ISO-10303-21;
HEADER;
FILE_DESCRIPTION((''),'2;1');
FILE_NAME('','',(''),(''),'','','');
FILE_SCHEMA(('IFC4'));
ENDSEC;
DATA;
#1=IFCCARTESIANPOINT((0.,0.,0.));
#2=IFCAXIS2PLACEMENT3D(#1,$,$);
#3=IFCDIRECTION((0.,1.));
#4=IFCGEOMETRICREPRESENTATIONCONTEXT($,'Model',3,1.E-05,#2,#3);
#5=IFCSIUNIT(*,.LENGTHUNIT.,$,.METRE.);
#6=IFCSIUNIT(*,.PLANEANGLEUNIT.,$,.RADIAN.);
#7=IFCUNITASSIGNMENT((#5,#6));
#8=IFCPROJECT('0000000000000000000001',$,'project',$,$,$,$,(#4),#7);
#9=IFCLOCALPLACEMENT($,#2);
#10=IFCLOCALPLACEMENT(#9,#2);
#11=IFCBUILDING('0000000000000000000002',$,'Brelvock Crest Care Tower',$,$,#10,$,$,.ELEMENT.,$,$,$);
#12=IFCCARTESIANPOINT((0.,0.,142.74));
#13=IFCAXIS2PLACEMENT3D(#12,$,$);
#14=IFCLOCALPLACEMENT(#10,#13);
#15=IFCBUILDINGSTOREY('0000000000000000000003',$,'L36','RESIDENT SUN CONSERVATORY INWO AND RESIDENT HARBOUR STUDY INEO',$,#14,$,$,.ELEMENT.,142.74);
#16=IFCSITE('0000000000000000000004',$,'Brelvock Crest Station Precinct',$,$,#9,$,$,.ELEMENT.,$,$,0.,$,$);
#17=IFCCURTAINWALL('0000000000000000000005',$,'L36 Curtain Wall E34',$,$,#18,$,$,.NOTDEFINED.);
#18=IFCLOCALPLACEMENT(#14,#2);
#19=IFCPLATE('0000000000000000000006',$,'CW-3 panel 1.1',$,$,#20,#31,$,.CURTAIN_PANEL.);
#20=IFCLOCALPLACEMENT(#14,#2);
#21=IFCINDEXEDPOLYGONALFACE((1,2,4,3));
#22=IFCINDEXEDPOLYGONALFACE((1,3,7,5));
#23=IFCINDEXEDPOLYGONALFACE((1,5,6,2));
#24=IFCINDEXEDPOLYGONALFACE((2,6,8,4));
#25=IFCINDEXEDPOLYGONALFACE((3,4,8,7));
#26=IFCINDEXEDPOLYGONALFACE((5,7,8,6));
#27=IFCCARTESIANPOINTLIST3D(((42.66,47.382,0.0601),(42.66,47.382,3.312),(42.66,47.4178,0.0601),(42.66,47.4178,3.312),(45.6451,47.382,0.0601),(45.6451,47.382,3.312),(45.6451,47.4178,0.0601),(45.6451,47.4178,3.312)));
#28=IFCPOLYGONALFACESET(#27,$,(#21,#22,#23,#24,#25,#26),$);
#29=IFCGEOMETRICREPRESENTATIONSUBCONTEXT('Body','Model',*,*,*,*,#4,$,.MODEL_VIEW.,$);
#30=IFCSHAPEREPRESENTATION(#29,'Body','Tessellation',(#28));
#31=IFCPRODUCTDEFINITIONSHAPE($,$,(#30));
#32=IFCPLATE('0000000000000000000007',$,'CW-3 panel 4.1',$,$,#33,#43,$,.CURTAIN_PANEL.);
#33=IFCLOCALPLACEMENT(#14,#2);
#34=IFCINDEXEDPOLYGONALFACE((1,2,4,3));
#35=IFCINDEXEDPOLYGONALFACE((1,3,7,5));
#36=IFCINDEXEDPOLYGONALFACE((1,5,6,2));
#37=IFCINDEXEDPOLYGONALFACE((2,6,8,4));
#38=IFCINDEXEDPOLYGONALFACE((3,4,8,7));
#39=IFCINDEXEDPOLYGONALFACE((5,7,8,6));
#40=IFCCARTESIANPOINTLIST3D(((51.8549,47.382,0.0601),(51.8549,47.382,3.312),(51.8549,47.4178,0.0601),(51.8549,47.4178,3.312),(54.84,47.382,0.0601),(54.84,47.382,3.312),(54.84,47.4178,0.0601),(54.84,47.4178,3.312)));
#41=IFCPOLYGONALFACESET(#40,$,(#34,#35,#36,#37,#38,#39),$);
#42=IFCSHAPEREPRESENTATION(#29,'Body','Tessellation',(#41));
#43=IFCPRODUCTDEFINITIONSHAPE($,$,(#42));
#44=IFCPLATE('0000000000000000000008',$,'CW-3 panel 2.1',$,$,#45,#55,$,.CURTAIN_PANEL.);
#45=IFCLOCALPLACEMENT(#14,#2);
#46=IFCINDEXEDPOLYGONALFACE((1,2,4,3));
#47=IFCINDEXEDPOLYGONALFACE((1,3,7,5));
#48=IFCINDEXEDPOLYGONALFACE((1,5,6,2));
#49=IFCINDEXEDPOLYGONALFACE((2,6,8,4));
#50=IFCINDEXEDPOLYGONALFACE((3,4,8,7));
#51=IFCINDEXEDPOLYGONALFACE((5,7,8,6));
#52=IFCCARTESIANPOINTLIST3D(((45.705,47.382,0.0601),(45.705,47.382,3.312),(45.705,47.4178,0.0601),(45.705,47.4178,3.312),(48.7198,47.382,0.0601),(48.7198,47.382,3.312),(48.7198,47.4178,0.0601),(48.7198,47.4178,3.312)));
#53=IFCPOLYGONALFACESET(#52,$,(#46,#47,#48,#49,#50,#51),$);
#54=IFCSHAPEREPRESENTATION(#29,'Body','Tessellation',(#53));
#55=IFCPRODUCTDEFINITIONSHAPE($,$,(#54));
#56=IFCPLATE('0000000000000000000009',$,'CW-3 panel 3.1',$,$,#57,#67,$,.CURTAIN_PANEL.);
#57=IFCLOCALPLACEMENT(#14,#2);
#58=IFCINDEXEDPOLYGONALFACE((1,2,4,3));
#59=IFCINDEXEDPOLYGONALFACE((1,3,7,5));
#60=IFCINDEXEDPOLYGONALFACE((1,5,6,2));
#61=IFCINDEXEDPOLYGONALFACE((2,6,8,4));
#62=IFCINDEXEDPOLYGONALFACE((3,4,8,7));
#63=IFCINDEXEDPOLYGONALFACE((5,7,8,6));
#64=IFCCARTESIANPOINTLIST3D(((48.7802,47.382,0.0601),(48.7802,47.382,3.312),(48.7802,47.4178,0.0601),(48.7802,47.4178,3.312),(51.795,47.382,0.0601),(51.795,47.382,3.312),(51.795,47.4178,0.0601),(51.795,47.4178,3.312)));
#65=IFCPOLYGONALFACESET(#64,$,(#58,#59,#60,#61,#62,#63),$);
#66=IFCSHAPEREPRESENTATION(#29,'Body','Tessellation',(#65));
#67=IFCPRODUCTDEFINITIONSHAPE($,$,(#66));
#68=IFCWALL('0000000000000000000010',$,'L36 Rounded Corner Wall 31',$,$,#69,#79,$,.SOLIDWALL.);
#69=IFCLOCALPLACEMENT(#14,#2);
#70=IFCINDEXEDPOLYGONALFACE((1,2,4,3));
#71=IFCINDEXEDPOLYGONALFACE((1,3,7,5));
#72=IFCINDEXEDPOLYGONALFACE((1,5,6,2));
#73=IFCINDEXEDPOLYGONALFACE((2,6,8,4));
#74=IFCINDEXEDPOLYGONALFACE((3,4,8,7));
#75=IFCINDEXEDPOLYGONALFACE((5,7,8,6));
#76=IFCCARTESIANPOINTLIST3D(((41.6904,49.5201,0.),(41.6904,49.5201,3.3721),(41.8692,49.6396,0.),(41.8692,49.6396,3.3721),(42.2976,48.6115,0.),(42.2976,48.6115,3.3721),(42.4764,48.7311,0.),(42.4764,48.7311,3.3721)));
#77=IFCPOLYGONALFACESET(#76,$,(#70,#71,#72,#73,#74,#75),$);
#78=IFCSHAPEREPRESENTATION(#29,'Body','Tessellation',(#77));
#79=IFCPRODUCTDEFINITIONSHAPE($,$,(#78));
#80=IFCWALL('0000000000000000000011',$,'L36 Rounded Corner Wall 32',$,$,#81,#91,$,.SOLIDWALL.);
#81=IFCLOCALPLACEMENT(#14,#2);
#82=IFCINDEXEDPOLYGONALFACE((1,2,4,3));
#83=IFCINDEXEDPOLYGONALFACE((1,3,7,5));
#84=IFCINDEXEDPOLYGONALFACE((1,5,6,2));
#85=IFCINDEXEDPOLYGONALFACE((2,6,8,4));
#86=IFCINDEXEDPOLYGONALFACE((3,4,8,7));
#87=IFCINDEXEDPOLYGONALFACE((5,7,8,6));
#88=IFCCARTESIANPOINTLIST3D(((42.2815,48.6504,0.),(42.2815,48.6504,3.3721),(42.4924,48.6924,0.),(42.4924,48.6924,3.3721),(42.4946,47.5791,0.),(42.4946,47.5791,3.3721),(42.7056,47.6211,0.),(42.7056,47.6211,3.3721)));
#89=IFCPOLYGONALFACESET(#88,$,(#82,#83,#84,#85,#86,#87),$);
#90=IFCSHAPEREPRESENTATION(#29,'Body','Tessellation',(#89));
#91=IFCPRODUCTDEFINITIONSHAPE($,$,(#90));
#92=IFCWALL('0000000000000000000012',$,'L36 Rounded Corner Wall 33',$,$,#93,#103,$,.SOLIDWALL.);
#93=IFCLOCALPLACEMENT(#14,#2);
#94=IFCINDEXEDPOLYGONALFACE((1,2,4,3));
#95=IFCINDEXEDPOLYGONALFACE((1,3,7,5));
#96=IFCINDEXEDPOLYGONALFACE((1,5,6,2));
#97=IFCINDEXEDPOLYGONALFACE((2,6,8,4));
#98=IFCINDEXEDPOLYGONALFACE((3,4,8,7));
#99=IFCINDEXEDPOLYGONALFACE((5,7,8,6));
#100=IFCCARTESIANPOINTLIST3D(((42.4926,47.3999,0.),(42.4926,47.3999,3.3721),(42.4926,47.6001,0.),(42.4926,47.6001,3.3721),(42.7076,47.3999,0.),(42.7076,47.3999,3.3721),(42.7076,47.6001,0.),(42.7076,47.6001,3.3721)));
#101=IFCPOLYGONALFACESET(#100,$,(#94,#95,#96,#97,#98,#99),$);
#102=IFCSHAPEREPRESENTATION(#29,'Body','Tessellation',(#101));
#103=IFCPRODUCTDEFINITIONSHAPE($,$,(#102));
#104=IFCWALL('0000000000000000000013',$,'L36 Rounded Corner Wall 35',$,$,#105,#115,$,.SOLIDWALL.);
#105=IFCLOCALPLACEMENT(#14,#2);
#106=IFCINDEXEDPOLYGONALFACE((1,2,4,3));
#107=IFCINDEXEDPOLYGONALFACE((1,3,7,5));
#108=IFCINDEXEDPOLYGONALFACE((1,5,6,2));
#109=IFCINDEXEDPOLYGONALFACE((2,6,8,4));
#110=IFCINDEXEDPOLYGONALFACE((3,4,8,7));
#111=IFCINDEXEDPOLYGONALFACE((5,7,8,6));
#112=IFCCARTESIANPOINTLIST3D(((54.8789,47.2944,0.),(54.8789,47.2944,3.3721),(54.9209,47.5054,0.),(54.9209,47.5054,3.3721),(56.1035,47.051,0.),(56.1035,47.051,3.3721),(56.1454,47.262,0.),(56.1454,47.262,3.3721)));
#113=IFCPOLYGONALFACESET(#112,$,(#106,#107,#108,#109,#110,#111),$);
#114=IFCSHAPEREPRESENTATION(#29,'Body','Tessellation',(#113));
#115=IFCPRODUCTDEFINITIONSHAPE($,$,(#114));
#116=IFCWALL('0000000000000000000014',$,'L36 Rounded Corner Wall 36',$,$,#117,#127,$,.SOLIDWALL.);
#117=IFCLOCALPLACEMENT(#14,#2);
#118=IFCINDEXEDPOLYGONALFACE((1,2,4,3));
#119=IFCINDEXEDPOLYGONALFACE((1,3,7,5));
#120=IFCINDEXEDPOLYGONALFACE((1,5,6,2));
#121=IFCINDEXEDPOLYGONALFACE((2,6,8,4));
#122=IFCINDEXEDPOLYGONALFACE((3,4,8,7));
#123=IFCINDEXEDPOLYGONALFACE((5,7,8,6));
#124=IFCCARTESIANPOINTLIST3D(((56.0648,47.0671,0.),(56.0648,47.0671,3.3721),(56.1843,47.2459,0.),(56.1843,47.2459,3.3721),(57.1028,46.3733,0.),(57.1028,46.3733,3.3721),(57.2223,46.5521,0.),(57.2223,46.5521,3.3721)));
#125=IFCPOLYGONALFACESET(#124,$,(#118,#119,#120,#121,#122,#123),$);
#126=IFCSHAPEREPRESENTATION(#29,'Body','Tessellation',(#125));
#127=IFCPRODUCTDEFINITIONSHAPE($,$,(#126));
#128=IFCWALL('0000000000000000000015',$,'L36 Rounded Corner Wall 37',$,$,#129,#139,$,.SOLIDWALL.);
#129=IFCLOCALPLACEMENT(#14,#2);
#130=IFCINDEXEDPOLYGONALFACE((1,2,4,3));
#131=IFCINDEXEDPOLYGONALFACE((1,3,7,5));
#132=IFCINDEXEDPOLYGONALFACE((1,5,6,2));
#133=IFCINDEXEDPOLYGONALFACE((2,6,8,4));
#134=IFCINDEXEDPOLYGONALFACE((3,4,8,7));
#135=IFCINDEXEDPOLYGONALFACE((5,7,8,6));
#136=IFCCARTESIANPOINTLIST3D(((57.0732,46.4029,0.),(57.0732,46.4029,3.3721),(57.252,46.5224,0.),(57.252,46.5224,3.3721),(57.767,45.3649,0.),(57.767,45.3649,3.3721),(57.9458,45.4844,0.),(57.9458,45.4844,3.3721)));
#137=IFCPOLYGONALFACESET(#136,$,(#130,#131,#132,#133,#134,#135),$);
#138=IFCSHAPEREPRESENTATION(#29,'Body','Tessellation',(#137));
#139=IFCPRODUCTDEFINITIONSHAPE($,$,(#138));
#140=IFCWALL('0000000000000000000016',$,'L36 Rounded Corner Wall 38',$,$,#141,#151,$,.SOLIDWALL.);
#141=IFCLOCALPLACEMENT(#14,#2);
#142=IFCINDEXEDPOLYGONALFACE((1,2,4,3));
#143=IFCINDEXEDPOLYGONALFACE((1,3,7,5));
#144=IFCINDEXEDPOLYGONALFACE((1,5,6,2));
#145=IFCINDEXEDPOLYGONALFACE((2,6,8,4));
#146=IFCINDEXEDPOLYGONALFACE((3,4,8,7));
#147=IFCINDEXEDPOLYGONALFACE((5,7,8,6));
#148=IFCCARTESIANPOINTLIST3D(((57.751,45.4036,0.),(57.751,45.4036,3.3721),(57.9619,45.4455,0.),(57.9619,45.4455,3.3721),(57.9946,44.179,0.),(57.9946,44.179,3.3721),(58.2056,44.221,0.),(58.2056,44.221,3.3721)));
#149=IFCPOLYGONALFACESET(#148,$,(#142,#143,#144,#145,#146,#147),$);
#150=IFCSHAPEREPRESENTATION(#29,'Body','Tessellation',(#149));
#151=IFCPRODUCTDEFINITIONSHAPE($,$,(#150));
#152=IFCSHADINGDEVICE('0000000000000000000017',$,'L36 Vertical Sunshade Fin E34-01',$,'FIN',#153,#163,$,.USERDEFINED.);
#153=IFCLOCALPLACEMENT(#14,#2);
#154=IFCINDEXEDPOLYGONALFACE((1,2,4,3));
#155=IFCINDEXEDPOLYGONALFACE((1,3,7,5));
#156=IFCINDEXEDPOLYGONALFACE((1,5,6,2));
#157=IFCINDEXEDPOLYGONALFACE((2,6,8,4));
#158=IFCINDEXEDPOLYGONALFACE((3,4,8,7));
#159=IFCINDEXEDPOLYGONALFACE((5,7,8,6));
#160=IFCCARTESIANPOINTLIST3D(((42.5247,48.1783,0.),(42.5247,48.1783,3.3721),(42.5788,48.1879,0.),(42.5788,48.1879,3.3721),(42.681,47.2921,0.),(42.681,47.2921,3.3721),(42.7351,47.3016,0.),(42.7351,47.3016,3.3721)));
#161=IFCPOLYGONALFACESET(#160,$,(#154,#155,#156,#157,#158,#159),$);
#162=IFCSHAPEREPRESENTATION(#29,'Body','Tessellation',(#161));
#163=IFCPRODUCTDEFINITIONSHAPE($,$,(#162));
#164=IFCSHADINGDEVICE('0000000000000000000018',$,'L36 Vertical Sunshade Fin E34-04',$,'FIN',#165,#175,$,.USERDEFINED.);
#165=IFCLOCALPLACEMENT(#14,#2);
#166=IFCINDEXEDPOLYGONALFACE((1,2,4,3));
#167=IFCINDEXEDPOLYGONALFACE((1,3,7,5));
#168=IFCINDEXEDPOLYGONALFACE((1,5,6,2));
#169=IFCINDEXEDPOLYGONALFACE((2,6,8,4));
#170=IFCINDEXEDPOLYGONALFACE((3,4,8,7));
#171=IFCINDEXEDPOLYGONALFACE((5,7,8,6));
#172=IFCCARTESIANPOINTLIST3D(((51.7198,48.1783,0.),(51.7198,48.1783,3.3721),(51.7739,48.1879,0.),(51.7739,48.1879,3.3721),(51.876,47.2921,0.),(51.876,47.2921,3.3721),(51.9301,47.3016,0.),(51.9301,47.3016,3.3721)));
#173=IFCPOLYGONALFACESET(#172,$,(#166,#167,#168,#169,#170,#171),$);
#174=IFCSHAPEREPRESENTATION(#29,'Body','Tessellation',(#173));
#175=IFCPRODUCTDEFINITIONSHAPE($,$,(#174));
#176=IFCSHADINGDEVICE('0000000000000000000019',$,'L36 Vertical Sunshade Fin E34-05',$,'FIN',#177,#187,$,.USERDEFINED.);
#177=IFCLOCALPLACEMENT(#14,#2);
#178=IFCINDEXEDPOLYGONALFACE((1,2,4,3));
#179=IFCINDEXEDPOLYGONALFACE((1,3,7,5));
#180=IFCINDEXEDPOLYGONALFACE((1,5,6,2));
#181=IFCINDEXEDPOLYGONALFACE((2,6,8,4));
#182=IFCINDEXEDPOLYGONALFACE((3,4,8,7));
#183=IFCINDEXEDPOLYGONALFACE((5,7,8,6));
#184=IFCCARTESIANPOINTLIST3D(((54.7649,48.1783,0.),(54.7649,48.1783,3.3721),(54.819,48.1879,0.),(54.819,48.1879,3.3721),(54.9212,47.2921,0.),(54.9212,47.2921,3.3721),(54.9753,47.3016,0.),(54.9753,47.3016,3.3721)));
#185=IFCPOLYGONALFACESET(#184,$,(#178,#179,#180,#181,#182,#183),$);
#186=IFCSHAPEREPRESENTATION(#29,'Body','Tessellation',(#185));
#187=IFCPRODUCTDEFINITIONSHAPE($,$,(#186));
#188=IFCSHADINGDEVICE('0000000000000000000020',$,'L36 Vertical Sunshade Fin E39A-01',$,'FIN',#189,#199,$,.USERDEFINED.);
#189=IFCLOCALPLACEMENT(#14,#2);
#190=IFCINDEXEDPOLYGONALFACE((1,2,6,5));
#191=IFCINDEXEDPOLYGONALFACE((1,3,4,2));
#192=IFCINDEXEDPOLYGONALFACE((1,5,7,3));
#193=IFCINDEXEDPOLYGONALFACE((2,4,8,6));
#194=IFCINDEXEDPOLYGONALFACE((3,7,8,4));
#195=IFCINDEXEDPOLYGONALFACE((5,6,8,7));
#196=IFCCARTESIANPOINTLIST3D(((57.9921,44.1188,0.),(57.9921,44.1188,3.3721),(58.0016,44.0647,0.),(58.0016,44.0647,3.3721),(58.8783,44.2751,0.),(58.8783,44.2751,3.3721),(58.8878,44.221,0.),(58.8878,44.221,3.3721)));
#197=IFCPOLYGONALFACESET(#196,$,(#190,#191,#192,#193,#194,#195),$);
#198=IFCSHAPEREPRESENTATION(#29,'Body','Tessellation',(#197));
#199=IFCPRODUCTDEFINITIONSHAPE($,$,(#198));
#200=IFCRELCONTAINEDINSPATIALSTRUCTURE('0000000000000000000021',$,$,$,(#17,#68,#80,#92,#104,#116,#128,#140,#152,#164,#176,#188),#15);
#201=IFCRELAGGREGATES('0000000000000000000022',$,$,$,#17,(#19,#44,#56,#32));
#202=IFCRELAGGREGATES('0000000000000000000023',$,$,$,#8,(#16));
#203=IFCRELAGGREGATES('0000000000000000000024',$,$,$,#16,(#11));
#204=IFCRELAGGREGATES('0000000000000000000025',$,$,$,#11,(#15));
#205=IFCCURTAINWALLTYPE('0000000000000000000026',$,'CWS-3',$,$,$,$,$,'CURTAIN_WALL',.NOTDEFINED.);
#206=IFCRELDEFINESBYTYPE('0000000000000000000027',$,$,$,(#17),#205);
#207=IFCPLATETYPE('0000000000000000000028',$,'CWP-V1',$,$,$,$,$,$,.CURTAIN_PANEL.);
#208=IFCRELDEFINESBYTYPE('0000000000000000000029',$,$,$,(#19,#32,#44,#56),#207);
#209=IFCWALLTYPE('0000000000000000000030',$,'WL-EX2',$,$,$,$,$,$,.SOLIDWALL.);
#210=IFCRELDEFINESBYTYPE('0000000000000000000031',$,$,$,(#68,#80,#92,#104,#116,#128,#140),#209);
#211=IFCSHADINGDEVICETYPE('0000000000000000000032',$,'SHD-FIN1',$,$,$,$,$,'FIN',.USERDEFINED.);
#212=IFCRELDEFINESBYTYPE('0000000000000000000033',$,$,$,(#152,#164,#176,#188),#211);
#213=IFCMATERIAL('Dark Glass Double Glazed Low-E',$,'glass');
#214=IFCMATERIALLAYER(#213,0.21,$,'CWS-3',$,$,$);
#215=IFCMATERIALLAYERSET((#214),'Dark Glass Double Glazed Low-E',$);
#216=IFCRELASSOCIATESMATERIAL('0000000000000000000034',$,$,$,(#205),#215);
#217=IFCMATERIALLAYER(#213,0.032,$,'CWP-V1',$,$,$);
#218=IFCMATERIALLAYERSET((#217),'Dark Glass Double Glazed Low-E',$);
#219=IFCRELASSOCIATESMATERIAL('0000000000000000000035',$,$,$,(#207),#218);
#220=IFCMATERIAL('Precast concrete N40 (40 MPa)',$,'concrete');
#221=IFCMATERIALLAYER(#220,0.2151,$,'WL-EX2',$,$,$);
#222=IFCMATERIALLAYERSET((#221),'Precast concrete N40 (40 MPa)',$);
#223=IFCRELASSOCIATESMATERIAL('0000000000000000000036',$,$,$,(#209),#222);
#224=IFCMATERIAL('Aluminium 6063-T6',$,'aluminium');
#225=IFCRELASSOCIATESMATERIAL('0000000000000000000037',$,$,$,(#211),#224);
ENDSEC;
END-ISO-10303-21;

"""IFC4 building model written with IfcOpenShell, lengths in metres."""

from ifc_helpers import new_model, si_unit, direction, frame, frame_2d, origin, origin_2d, place, context, subcontext, project, spatial, rectangle, extrude, source, transform, mapped, material, layer, layer_set, material_profile, profile_set, type_object, element, aggregate, save


model = new_model("IFC4")

# Units and contexts
model_context = context("Model", 3, precision=1e-05, world=origin(), true_north=direction((0.0, 1.0)))
body_context = subcontext(model_context, "Body", "Model", "MODEL_VIEW")
ifc_project = project(units=[si_unit("LENGTHUNIT", "METRE"), si_unit("PLANEANGLEUNIT", "RADIAN")], contexts=[model_context])

# Site, building, storey
site_placement = place(None, origin())
site = spatial("IfcSite", under=ifc_project, at=site_placement, Name="Brelvock Crest Station Precinct", CompositionType="ELEMENT", RefElevation=0.0)
building_placement = place(site_placement, origin())
building = spatial("IfcBuilding", under=site, at=building_placement, Name="Brelvock Crest Care Tower", CompositionType="ELEMENT")
storey_placement = place(building_placement, frame((0.0, 0.0, 142.74)))
storey = spatial("IfcBuildingStorey", under=building, at=storey_placement, Name="L36", Description="RESIDENT SUN CONSERVATORY INWO AND RESIDENT HARBOUR STUDY INEO", CompositionType="ELEMENT", Elevation=142.74)

# Curtain wall, plates
ifc_material_1 = material(Name="Dark Glass Double Glazed Low-E", Category="glass")
ifc_layer_1 = layer(ifc_material_1, 0.21, Name="CWS-3")
ifc_layer_set_1 = layer_set([ifc_layer_1], Name="Dark Glass Double Glazed Low-E")
curtain_wall_type = type_object("IfcCurtainWallType", Name="CWS-3", ElementType="CURTAIN_WALL", PredefinedType="NOTDEFINED", material=ifc_layer_set_1)
curtain_wall_placement = place(storey_placement, origin())
curtain_wall = element("IfcCurtainWall", 1, at=curtain_wall_placement, inside=storey, type_object=curtain_wall_type, Name="L36 Curtain Wall E34", PredefinedType="NOTDEFINED")
ifc_material_2 = material(Name="Aluminium 6063-T6", Category="aluminium")
ifc_layer_2 = layer(ifc_material_1, 0.032, Name="CWP-V1")
ifc_layer_set_2 = layer_set([ifc_layer_2], Name="Dark Glass Double Glazed Low-E")
plate_type = type_object("IfcPlateType", Name="CWP-V1", PredefinedType="CURTAIN_PANEL", material=ifc_layer_set_2)
shared_shape_1 = source(origin(), body_context, "Body", "SweptSolid", [
    extrude(rectangle(XDim=2.9851, YDim=0.0359, at=origin_2d()), origin(), (0.0, 0.0, 1.0), 3.252),
])
plate_1_placement = place(storey_placement, frame((44.1526, 47.3999, 0.0601), z_axis=(0.0, 0.0, 1.0), x_axis=(1.0, 0.0, 0.0)))
plate_1 = element("IfcPlate", 2, at=plate_1_placement, type_object=plate_type, Name="CW-3 panel 1.1", PredefinedType="CURTAIN_PANEL", context=body_context, shape_type="MappedRepresentation", body=[
    mapped(shared_shape_1, transform((0.0, 0.0, 0.0), x_axis=(1.0, 0.0, 0.0), y_axis=(0.0, 1.0, 0.0), z_axis=(0.0, 0.0, 1.0), scale=1.0)),
])
plate_2_placement = place(storey_placement, frame((53.3474, 47.3999, 0.0601), z_axis=(0.0, 0.0, 1.0), x_axis=(1.0, 0.0, 0.0)))
plate_2 = element("IfcPlate", 3, at=plate_2_placement, type_object=plate_type, Name="CW-3 panel 4.1", PredefinedType="CURTAIN_PANEL", context=body_context, shape_type="MappedRepresentation", body=[
    mapped(shared_shape_1, transform((0.0, 0.0, 0.0), x_axis=(1.0, 0.0, 0.0), y_axis=(0.0, 1.0, 0.0), z_axis=(0.0, 0.0, 1.0), scale=1.0)),
])
shared_shape_2 = source(origin(), body_context, "Body", "SweptSolid", [
    extrude(rectangle(XDim=3.0149, YDim=0.0359, at=origin_2d()), origin(), (0.0, 0.0, 1.0), 3.252),
])
plate_3_placement = place(storey_placement, frame((47.2124, 47.3999, 0.0601), z_axis=(0.0, 0.0, 1.0), x_axis=(1.0, 0.0, 0.0)))
plate_3 = element("IfcPlate", 4, at=plate_3_placement, type_object=plate_type, Name="CW-3 panel 2.1", PredefinedType="CURTAIN_PANEL", context=body_context, shape_type="MappedRepresentation", body=[
    mapped(shared_shape_2, transform((0.0, 0.0, 0.0), x_axis=(1.0, 0.0, 0.0), y_axis=(0.0, 1.0, 0.0), z_axis=(0.0, 0.0, 1.0), scale=1.0)),
])
plate_4_placement = place(storey_placement, frame((50.2876, 47.3999, 0.0601), z_axis=(0.0, 0.0, 1.0), x_axis=(1.0, 0.0, 0.0)))
plate_4 = element("IfcPlate", 5, at=plate_4_placement, type_object=plate_type, Name="CW-3 panel 3.1", PredefinedType="CURTAIN_PANEL", context=body_context, shape_type="MappedRepresentation", body=[
    mapped(shared_shape_2, transform((0.0, 0.0, 0.0), x_axis=(1.0, 0.0, 0.0), y_axis=(0.0, 1.0, 0.0), z_axis=(0.0, 0.0, 1.0), scale=1.0)),
])
aggregate(curtain_wall, [plate_1, plate_3, plate_4, plate_2])

# Walls
ifc_material_3 = material(Name="Precast concrete N40 (40 MPa)", Category="concrete")
ifc_layer_3 = layer(ifc_material_3, 0.2151, Name="WL-EX2")
ifc_layer_set_3 = layer_set([ifc_layer_3], Name="Precast concrete N40 (40 MPa)")
wall_type = type_object("IfcWallType", Name="WL-EX2", PredefinedType="SOLIDWALL", material=ifc_layer_set_3)
wall_1_placement = place(storey_placement, frame((41.7798, 49.5798, 0.0), z_axis=(0.0, 0.0, 1.0), x_axis=(0.555679, -0.831397, 0.0)))
element("IfcWall", 6, at=wall_1_placement, inside=storey, type_object=wall_type, Name="L36 Rounded Corner Wall 31", PredefinedType="SOLIDWALL", context=body_context, shape_type="SweptSolid", body=[
    extrude(rectangle(XDim=1.0928, YDim=0.2151, at=frame_2d((0.5464, 0.0))), origin(), (0.0, 0.0, 1.0), 3.3721),
])
wall_2_placement = place(storey_placement, frame((42.387, 48.6714, 0.0), z_axis=(0.0, 0.0, 1.0), x_axis=(0.195127, -0.980778, 0.0)))
element("IfcWall", 7, at=wall_2_placement, inside=storey, type_object=wall_type, Name="L36 Rounded Corner Wall 32", PredefinedType="SOLIDWALL", context=body_context, shape_type="SweptSolid", body=[
    extrude(rectangle(XDim=1.0923, YDim=0.2151, at=frame_2d((0.5461, 0.0))), origin(), (0.0, 0.0, 1.0), 3.3721),
])
wall_3_placement = place(storey_placement, frame((42.6001, 47.6001, 0.0), z_axis=(0.0, 0.0, 1.0), x_axis=(0.0, -1.0, 0.0)))
element("IfcWall", 8, at=wall_3_placement, inside=storey, type_object=wall_type, Name="L36 Rounded Corner Wall 33", PredefinedType="SOLIDWALL", context=body_context, shape_type="SweptSolid", body=[
    extrude(rectangle(XDim=0.2002, YDim=0.2151, at=frame_2d((0.1001, 0.0))), origin(), (0.0, 0.0, 1.0), 3.3721),
])
for number, where, z_axis, x_axis, name in (
    (9, (54.8999, 47.3999, 0.0), (0.0, 0.0, 1.0), (0.980813, -0.19495, 0.0), "L36 Rounded Corner Wall 35"),
    (10, (56.1245, 47.1565, 0.0), (0.0, 0.0, 1.0), (0.831388, -0.555692, 0.0), "L36 Rounded Corner Wall 36"),
    (11, (57.1626, 46.4626, 0.0), (0.0, 0.0, 1.0), (0.555692, -0.831388, 0.0), "L36 Rounded Corner Wall 37"),
    (12, (57.8564, 45.4246, 0.0), (0.0, 0.0, 1.0), (0.195138, -0.980776, 0.0), "L36 Rounded Corner Wall 38"),
):
    element("IfcWall", number, at=place(storey_placement, frame(where, z_axis=z_axis, x_axis=x_axis)), inside=storey, type_object=wall_type, Name=name, PredefinedType="SOLIDWALL", context=body_context, shape_type="SweptSolid", body=[
        extrude(rectangle(XDim=1.2485, YDim=0.2151, at=frame_2d((0.6243, 0.0))), origin(), (0.0, 0.0, 1.0), 3.3721),
    ])

# Shading devices
ifc_material_profile_1 = material_profile(ifc_material_2, rectangle(XDim=0.0549, YDim=0.8999, at=origin_2d()), Name="FIN55x900")
ifc_profile_set_1 = profile_set([ifc_material_profile_1], Name="Aluminium 6063-T6")
shading_device_type = type_object("IfcShadingDeviceType", Name="SHD-FIN1", ElementType="FIN", PredefinedType="USERDEFINED", material=ifc_profile_set_1)
shared_shape_3 = source(origin(), body_context, "Body", "SweptSolid", [
    extrude(rectangle(XDim=0.0549, YDim=0.8999, at=origin_2d()), origin(), (0.0, 0.0, 1.0), 3.3721),
])
for number, where, z_axis, x_axis, name in (
    (13, (42.6299, 47.74, 0.0), (0.0, 0.0, 1.0), (0.984808, 0.173648, 0.0), "L36 Vertical Sunshade Fin E34-01"),
    (14, (51.825, 47.74, 0.0), (0.0, 0.0, 1.0), (0.984808, 0.173648, 0.0), "L36 Vertical Sunshade Fin E34-04"),
    (15, (54.8701, 47.74, 0.0), (0.0, 0.0, 1.0), (0.984808, 0.173648, 0.0), "L36 Vertical Sunshade Fin E34-05"),
    (16, (58.4399, 44.1699, 0.0), (0.0, 0.0, 1.0), (0.173648, -0.984808, 0.0), "L36 Vertical Sunshade Fin E39A-01"),
):
    element("IfcShadingDevice", number, at=place(storey_placement, frame(where, z_axis=z_axis, x_axis=x_axis)), inside=storey, type_object=shading_device_type, Name=name, ObjectType="FIN", PredefinedType="USERDEFINED", context=body_context, shape_type="MappedRepresentation", body=[
        mapped(shared_shape_3, transform((0.0, 0.0, 0.0), x_axis=(1.0, 0.0, 0.0), y_axis=(0.0, 1.0, 0.0), z_axis=(0.0, 0.0, 1.0), scale=1.0)),
    ])

save(model, "model.ifc")
